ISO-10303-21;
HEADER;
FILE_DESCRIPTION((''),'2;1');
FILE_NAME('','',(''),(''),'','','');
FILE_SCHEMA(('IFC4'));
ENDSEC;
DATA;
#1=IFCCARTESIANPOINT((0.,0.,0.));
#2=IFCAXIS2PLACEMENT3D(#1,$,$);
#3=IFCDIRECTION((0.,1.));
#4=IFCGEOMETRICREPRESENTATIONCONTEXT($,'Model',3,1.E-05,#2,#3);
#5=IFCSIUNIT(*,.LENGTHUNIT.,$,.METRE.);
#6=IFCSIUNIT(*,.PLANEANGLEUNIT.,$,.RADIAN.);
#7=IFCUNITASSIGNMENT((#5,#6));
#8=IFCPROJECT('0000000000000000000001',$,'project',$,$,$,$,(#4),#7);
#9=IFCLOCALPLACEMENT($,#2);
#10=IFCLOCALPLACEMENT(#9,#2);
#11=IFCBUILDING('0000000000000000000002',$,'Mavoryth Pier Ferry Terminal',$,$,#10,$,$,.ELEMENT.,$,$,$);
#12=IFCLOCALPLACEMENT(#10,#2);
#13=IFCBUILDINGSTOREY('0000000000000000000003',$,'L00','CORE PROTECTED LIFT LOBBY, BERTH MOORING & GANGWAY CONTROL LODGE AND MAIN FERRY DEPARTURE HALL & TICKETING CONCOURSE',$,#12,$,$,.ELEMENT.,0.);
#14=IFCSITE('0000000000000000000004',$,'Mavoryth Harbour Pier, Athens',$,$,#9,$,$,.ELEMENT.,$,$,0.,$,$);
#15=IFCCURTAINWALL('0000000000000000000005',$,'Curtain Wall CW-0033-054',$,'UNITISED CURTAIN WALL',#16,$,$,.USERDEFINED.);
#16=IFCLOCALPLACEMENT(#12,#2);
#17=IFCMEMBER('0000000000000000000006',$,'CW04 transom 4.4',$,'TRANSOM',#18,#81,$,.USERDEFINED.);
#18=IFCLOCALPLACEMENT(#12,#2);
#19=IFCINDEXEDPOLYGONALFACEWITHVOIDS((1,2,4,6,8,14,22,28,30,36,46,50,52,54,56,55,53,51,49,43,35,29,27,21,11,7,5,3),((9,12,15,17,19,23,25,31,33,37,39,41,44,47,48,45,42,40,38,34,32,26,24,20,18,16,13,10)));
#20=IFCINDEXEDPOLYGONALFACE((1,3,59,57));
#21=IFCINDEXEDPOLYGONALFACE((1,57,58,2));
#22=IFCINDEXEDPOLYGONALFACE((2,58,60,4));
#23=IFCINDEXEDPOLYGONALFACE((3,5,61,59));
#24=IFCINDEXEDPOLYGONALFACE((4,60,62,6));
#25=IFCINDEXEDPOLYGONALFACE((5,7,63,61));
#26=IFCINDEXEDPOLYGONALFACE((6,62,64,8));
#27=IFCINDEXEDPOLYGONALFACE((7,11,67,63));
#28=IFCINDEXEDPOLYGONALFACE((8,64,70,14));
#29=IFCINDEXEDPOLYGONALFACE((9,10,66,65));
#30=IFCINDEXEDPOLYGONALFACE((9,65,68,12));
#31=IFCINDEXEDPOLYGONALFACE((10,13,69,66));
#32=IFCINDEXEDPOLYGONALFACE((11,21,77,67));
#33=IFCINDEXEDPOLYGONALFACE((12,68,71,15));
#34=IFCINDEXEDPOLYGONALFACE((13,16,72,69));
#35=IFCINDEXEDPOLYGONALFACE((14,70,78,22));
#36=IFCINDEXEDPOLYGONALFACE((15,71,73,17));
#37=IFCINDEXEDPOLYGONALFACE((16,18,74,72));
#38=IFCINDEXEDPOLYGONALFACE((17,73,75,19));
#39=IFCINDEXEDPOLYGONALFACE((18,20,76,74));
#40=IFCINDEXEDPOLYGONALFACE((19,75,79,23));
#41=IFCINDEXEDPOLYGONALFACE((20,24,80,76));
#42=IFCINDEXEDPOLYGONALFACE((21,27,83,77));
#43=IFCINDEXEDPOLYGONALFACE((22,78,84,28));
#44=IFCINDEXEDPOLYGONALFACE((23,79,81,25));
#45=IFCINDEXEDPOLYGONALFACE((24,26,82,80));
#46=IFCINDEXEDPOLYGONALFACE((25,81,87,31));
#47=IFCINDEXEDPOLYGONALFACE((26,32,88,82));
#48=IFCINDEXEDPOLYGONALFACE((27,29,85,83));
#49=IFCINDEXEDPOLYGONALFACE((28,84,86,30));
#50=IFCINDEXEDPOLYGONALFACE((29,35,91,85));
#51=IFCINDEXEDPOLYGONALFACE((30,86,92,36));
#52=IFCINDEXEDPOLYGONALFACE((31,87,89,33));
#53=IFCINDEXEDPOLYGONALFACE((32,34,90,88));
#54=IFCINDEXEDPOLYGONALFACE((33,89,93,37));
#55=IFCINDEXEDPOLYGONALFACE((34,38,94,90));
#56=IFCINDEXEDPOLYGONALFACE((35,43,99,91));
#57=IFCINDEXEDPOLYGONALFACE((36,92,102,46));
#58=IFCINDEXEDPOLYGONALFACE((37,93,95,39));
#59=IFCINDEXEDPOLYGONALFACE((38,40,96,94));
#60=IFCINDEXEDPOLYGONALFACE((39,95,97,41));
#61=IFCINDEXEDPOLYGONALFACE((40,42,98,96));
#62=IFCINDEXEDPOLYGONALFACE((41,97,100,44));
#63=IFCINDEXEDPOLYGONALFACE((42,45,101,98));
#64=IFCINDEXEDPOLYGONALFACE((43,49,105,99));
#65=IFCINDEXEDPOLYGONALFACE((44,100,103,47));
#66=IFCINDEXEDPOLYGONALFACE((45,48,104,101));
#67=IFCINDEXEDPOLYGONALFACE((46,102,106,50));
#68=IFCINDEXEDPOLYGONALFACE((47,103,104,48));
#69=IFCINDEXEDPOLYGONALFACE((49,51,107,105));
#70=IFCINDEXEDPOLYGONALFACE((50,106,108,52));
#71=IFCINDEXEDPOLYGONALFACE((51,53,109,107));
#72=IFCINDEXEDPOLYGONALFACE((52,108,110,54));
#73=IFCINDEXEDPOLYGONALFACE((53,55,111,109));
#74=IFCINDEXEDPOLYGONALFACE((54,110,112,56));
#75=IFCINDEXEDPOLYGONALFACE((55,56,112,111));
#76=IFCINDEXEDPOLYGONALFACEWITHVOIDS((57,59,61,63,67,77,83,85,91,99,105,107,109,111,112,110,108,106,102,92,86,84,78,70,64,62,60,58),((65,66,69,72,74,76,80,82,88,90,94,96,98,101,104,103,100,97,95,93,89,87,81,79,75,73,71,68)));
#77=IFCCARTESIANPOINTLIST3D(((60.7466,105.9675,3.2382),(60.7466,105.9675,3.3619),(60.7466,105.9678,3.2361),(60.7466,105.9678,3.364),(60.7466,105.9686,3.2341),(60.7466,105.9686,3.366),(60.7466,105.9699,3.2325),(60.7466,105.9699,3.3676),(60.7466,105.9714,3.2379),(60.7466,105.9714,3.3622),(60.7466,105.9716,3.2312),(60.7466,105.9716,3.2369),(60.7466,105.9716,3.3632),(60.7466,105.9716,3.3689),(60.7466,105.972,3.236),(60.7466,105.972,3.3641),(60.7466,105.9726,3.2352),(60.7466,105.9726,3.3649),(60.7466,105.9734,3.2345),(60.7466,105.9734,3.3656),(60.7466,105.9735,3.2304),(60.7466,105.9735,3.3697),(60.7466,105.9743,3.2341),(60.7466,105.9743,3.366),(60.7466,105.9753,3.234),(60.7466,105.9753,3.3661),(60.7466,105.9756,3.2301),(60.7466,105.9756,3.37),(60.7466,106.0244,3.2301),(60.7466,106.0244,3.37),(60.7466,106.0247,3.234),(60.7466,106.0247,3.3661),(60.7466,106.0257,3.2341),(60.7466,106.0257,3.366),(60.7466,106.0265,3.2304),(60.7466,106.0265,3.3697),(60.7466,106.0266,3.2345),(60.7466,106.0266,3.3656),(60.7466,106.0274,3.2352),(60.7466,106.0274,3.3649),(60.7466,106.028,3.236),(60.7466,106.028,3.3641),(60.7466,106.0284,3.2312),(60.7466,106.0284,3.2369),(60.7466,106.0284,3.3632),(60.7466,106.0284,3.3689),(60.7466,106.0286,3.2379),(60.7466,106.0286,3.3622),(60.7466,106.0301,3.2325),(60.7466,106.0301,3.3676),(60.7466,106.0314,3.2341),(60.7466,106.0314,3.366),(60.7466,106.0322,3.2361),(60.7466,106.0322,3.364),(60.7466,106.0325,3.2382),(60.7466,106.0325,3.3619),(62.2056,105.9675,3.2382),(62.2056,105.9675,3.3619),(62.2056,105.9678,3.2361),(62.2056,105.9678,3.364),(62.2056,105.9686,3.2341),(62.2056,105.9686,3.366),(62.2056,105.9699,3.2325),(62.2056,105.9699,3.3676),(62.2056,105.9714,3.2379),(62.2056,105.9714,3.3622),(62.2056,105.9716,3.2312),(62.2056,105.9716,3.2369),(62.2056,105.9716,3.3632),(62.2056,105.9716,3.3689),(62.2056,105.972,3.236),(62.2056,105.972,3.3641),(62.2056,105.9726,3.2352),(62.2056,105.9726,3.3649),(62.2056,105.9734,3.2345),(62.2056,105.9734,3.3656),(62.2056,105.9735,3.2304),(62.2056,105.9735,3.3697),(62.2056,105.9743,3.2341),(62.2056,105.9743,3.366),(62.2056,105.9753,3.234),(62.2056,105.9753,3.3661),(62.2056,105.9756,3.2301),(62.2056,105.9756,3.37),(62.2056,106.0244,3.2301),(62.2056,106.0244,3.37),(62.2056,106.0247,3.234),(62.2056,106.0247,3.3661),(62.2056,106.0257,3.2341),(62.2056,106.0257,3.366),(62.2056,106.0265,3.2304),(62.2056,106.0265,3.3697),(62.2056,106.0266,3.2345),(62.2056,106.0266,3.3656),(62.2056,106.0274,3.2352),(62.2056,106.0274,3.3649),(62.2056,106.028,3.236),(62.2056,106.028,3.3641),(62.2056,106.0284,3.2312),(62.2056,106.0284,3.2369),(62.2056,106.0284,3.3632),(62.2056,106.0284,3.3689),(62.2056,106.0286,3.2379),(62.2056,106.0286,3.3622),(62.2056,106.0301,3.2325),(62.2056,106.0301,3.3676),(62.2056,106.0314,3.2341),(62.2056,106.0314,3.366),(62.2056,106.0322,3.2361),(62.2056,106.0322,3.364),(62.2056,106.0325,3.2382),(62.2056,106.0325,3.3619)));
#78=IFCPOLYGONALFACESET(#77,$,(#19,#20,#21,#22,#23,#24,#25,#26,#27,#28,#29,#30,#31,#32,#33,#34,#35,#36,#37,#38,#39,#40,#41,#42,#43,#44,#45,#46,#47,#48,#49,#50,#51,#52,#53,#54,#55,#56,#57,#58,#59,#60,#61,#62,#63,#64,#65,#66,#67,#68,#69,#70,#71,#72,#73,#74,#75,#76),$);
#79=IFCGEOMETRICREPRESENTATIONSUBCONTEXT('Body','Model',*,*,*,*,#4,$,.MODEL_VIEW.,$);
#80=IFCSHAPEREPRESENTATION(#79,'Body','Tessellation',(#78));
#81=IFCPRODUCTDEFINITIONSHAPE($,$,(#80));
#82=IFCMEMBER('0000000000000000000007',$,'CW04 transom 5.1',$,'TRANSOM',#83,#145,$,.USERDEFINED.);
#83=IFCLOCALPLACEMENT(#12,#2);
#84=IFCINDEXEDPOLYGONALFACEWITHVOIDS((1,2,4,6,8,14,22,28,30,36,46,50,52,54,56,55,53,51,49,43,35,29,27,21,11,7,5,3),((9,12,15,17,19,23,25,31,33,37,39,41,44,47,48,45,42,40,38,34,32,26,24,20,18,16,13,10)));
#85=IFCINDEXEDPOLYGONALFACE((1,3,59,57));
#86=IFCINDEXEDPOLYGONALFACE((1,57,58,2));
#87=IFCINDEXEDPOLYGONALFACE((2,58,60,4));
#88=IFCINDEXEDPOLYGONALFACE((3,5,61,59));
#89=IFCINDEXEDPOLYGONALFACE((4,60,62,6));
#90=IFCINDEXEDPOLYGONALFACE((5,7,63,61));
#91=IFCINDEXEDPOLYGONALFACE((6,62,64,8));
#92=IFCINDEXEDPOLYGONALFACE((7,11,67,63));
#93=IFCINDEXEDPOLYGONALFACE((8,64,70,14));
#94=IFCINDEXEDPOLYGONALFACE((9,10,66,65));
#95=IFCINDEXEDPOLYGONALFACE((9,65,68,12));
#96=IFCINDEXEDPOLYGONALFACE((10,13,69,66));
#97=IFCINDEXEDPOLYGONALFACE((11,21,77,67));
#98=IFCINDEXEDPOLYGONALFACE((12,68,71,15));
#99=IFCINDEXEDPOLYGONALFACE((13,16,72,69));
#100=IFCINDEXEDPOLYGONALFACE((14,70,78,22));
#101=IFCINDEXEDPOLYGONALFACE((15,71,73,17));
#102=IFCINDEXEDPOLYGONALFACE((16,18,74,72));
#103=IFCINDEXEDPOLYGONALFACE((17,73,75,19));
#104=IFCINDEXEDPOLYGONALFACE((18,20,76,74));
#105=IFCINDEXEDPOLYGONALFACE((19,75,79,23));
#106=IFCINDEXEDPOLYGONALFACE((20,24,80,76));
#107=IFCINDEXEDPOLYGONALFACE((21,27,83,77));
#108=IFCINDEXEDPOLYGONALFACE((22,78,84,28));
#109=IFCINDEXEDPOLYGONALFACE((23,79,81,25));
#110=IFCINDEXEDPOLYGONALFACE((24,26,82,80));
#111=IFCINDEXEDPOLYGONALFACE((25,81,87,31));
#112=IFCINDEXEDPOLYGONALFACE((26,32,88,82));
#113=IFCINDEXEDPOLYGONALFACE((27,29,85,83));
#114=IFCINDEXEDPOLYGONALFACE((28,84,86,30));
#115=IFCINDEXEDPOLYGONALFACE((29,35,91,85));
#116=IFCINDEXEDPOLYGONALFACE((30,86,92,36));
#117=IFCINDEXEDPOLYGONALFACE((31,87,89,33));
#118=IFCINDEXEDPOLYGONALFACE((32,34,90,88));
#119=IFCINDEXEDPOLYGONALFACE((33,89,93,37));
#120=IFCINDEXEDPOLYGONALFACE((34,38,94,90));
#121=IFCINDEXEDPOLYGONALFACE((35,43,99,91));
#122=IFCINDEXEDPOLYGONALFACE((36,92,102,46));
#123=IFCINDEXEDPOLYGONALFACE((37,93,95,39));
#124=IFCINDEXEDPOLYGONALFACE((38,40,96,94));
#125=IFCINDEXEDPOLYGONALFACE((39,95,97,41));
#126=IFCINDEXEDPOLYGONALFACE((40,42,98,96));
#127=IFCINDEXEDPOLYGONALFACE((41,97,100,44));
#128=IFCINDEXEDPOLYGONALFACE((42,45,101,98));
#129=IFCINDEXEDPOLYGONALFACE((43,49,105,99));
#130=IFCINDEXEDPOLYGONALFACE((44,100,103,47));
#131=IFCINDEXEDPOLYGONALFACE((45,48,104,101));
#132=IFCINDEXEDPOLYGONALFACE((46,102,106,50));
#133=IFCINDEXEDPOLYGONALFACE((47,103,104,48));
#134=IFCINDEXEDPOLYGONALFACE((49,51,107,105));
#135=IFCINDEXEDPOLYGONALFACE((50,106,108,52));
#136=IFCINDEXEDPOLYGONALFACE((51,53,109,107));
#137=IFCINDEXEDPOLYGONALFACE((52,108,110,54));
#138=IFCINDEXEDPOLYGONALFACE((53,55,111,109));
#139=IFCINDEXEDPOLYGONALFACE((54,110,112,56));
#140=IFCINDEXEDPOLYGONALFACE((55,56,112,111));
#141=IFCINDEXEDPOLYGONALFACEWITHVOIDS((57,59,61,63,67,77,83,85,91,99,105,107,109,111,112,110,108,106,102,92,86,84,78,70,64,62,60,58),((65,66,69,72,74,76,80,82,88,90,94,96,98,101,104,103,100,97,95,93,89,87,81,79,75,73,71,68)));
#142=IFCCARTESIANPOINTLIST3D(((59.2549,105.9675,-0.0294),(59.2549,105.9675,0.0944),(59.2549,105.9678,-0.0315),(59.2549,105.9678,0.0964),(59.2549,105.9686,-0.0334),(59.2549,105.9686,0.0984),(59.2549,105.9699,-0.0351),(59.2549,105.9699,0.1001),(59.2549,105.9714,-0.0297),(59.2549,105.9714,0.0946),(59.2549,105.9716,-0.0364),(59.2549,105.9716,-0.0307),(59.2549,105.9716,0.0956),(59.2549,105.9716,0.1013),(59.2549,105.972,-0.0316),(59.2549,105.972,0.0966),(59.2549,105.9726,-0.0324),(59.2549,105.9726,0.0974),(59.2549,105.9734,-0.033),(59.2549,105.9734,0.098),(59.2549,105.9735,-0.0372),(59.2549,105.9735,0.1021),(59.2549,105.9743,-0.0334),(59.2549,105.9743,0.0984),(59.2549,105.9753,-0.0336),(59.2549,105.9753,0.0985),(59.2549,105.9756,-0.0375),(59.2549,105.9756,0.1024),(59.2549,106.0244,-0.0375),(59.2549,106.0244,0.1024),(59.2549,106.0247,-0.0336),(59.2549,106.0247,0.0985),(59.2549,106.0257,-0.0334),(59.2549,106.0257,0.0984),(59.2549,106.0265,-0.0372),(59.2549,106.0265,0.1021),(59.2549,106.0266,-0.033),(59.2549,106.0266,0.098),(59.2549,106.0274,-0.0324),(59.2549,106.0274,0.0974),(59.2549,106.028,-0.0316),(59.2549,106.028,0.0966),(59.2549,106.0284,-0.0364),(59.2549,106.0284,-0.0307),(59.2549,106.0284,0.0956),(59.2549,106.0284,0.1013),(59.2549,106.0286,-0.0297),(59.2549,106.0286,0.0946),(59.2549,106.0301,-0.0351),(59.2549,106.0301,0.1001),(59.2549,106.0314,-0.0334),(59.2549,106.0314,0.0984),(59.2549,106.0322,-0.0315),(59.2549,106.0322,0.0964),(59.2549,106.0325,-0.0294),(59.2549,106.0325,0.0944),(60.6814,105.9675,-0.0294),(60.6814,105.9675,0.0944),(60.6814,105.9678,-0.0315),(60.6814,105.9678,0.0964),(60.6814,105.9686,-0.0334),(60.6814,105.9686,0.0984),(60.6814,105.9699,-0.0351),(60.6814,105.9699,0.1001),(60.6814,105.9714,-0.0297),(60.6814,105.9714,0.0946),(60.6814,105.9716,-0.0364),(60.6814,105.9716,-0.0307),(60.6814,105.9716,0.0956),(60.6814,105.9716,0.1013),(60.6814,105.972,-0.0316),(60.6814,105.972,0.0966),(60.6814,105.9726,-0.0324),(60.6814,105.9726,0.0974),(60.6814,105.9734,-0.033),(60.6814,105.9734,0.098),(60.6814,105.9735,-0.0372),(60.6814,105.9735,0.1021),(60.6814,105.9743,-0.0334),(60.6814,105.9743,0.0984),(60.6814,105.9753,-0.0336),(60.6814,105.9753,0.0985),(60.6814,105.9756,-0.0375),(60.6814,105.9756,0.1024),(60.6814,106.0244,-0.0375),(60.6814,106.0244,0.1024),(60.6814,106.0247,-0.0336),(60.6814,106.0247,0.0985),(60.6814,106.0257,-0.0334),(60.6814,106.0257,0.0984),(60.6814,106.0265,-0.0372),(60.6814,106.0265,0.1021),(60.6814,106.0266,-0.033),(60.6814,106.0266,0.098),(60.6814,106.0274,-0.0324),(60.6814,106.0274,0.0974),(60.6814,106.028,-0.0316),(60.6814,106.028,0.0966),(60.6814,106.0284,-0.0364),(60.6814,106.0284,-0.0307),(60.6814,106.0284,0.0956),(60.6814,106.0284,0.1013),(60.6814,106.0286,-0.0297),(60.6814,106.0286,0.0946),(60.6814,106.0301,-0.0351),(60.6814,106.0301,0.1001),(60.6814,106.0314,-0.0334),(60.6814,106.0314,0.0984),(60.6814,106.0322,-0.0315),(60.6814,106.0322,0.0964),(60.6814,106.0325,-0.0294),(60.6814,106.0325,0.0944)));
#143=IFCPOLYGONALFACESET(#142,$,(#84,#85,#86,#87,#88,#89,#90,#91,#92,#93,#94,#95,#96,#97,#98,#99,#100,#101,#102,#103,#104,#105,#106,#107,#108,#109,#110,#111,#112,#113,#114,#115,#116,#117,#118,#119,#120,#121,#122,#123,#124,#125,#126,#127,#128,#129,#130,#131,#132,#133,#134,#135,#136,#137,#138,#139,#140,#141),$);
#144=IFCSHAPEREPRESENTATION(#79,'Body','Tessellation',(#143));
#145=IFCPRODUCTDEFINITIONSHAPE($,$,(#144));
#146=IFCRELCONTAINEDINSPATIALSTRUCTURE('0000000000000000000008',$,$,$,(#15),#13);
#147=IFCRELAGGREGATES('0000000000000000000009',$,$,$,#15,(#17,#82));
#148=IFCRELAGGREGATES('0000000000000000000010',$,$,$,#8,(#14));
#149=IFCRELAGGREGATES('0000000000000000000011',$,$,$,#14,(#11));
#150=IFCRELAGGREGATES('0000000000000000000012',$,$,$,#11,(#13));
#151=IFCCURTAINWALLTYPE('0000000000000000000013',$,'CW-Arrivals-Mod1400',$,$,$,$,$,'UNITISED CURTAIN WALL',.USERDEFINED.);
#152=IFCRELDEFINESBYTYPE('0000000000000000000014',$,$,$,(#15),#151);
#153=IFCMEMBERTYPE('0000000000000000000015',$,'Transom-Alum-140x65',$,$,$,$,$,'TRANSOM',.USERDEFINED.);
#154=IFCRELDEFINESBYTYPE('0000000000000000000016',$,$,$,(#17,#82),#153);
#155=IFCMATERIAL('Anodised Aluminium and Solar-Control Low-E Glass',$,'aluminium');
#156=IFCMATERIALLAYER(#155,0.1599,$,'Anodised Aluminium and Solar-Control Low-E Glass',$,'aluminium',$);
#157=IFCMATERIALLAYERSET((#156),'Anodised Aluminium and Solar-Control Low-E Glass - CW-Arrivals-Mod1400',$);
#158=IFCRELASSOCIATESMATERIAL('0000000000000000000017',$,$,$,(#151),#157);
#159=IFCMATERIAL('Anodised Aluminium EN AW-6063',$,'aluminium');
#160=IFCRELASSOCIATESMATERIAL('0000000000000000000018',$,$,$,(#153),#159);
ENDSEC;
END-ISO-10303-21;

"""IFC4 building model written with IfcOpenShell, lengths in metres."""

from ifc_helpers import new_model, si_unit, direction, frame, origin, origin_2d, place, context, subcontext, project, spatial, hollow_rectangle, extrude, material, layer, layer_set, material_profile, profile_set, type_object, element, aggregate, save


model = new_model("IFC4")

# Units and contexts
model_context = context("Model", 3, precision=1e-05, world=origin(), true_north=direction((0.0, 1.0)))
body_context = subcontext(model_context, "Body", "Model", "MODEL_VIEW")
ifc_project = project(units=[si_unit("LENGTHUNIT", "METRE"), si_unit("PLANEANGLEUNIT", "RADIAN")], contexts=[model_context])

# Site, building, storey
site_placement = place(None, origin())
site = spatial("IfcSite", under=ifc_project, at=site_placement, Name="Mavoryth Harbour Pier, Athens", CompositionType="ELEMENT", RefElevation=0.0)
building_placement = place(site_placement, origin())
building = spatial("IfcBuilding", under=site, at=building_placement, Name="Mavoryth Pier Ferry Terminal", CompositionType="ELEMENT")
storey_placement = place(building_placement, origin())
storey = spatial("IfcBuildingStorey", under=building, at=storey_placement, Name="L00", Description="CORE PROTECTED LIFT LOBBY, BERTH MOORING & GANGWAY CONTROL LODGE AND MAIN FERRY DEPARTURE HALL & TICKETING CONCOURSE", CompositionType="ELEMENT", Elevation=0.0)

# Curtain wall, members
ifc_material_1 = material(Name="Anodised Aluminium and Solar-Control Low-E Glass", Category="aluminium")
ifc_layer_1 = layer(ifc_material_1, 0.1599, Name="Anodised Aluminium and Solar-Control Low-E Glass", Category="aluminium")
ifc_layer_set_1 = layer_set([ifc_layer_1], Name="Anodised Aluminium and Solar-Control Low-E Glass - CW-Arrivals-Mod1400")
curtain_wall_type = type_object("IfcCurtainWallType", Name="CW-Arrivals-Mod1400", ElementType="UNITISED CURTAIN WALL", PredefinedType="USERDEFINED", material=ifc_layer_set_1)
curtain_wall_placement = place(storey_placement, origin())
curtain_wall = element("IfcCurtainWall", 1, at=curtain_wall_placement, inside=storey, type_object=curtain_wall_type, Name="Curtain Wall CW-0033-054", ObjectType="UNITISED CURTAIN WALL", PredefinedType="USERDEFINED")
ifc_material_2 = material(Name="Anodised Aluminium EN AW-6063", Category="aluminium")
ifc_material_profile_1 = material_profile(ifc_material_2, hollow_rectangle(XDim=0.0649, YDim=0.1399, WallThickness=0.0039, InnerFilletRadius=0.0039, OuterFilletRadius=0.0081, at=origin_2d()), Name="AL-TRAN 140x65x4", Category="aluminium")
ifc_profile_set_1 = profile_set([ifc_material_profile_1], Name="Anodised Aluminium EN AW-6063 - AL-TRAN 140x65x4")
member_type_1 = type_object("IfcMemberType", Name="Transom-Alum-140x65", ElementType="TRANSOM", PredefinedType="USERDEFINED", material=ifc_profile_set_1)
member_1_placement = place(storey_placement, frame((62.2056, 106.0, 3.3), z_axis=(-1.0, 0.0, 0.0), x_axis=(0.0, -1.0, 0.0)))
member_1 = element("IfcMember", 2, at=member_1_placement, type_object=member_type_1, Name="CW04 transom 4.4", ObjectType="TRANSOM", PredefinedType="USERDEFINED", context=body_context, shape_type="SweptSolid", body=[
    extrude(hollow_rectangle(XDim=0.0649, YDim=0.1399, WallThickness=0.0039, InnerFilletRadius=0.0039, OuterFilletRadius=0.0081, at=origin_2d()), origin(), (0.0, 0.0, 1.0), 1.459),
])
member_2_placement = place(storey_placement, frame((60.6814, 106.0, 0.0325), z_axis=(-1.0, 0.0, 0.0), x_axis=(0.0, -1.0, 0.0)))
member_2 = element("IfcMember", 3, at=member_2_placement, type_object=member_type_1, Name="CW04 transom 5.1", ObjectType="TRANSOM", PredefinedType="USERDEFINED", context=body_context, shape_type="SweptSolid", body=[
    extrude(hollow_rectangle(XDim=0.0649, YDim=0.1399, WallThickness=0.0039, InnerFilletRadius=0.0039, OuterFilletRadius=0.0081, at=origin_2d()), origin(), (0.0, 0.0, 1.0), 1.4265),
])
aggregate(curtain_wall, [member_1, member_2])

save(model, "model.ifc")
